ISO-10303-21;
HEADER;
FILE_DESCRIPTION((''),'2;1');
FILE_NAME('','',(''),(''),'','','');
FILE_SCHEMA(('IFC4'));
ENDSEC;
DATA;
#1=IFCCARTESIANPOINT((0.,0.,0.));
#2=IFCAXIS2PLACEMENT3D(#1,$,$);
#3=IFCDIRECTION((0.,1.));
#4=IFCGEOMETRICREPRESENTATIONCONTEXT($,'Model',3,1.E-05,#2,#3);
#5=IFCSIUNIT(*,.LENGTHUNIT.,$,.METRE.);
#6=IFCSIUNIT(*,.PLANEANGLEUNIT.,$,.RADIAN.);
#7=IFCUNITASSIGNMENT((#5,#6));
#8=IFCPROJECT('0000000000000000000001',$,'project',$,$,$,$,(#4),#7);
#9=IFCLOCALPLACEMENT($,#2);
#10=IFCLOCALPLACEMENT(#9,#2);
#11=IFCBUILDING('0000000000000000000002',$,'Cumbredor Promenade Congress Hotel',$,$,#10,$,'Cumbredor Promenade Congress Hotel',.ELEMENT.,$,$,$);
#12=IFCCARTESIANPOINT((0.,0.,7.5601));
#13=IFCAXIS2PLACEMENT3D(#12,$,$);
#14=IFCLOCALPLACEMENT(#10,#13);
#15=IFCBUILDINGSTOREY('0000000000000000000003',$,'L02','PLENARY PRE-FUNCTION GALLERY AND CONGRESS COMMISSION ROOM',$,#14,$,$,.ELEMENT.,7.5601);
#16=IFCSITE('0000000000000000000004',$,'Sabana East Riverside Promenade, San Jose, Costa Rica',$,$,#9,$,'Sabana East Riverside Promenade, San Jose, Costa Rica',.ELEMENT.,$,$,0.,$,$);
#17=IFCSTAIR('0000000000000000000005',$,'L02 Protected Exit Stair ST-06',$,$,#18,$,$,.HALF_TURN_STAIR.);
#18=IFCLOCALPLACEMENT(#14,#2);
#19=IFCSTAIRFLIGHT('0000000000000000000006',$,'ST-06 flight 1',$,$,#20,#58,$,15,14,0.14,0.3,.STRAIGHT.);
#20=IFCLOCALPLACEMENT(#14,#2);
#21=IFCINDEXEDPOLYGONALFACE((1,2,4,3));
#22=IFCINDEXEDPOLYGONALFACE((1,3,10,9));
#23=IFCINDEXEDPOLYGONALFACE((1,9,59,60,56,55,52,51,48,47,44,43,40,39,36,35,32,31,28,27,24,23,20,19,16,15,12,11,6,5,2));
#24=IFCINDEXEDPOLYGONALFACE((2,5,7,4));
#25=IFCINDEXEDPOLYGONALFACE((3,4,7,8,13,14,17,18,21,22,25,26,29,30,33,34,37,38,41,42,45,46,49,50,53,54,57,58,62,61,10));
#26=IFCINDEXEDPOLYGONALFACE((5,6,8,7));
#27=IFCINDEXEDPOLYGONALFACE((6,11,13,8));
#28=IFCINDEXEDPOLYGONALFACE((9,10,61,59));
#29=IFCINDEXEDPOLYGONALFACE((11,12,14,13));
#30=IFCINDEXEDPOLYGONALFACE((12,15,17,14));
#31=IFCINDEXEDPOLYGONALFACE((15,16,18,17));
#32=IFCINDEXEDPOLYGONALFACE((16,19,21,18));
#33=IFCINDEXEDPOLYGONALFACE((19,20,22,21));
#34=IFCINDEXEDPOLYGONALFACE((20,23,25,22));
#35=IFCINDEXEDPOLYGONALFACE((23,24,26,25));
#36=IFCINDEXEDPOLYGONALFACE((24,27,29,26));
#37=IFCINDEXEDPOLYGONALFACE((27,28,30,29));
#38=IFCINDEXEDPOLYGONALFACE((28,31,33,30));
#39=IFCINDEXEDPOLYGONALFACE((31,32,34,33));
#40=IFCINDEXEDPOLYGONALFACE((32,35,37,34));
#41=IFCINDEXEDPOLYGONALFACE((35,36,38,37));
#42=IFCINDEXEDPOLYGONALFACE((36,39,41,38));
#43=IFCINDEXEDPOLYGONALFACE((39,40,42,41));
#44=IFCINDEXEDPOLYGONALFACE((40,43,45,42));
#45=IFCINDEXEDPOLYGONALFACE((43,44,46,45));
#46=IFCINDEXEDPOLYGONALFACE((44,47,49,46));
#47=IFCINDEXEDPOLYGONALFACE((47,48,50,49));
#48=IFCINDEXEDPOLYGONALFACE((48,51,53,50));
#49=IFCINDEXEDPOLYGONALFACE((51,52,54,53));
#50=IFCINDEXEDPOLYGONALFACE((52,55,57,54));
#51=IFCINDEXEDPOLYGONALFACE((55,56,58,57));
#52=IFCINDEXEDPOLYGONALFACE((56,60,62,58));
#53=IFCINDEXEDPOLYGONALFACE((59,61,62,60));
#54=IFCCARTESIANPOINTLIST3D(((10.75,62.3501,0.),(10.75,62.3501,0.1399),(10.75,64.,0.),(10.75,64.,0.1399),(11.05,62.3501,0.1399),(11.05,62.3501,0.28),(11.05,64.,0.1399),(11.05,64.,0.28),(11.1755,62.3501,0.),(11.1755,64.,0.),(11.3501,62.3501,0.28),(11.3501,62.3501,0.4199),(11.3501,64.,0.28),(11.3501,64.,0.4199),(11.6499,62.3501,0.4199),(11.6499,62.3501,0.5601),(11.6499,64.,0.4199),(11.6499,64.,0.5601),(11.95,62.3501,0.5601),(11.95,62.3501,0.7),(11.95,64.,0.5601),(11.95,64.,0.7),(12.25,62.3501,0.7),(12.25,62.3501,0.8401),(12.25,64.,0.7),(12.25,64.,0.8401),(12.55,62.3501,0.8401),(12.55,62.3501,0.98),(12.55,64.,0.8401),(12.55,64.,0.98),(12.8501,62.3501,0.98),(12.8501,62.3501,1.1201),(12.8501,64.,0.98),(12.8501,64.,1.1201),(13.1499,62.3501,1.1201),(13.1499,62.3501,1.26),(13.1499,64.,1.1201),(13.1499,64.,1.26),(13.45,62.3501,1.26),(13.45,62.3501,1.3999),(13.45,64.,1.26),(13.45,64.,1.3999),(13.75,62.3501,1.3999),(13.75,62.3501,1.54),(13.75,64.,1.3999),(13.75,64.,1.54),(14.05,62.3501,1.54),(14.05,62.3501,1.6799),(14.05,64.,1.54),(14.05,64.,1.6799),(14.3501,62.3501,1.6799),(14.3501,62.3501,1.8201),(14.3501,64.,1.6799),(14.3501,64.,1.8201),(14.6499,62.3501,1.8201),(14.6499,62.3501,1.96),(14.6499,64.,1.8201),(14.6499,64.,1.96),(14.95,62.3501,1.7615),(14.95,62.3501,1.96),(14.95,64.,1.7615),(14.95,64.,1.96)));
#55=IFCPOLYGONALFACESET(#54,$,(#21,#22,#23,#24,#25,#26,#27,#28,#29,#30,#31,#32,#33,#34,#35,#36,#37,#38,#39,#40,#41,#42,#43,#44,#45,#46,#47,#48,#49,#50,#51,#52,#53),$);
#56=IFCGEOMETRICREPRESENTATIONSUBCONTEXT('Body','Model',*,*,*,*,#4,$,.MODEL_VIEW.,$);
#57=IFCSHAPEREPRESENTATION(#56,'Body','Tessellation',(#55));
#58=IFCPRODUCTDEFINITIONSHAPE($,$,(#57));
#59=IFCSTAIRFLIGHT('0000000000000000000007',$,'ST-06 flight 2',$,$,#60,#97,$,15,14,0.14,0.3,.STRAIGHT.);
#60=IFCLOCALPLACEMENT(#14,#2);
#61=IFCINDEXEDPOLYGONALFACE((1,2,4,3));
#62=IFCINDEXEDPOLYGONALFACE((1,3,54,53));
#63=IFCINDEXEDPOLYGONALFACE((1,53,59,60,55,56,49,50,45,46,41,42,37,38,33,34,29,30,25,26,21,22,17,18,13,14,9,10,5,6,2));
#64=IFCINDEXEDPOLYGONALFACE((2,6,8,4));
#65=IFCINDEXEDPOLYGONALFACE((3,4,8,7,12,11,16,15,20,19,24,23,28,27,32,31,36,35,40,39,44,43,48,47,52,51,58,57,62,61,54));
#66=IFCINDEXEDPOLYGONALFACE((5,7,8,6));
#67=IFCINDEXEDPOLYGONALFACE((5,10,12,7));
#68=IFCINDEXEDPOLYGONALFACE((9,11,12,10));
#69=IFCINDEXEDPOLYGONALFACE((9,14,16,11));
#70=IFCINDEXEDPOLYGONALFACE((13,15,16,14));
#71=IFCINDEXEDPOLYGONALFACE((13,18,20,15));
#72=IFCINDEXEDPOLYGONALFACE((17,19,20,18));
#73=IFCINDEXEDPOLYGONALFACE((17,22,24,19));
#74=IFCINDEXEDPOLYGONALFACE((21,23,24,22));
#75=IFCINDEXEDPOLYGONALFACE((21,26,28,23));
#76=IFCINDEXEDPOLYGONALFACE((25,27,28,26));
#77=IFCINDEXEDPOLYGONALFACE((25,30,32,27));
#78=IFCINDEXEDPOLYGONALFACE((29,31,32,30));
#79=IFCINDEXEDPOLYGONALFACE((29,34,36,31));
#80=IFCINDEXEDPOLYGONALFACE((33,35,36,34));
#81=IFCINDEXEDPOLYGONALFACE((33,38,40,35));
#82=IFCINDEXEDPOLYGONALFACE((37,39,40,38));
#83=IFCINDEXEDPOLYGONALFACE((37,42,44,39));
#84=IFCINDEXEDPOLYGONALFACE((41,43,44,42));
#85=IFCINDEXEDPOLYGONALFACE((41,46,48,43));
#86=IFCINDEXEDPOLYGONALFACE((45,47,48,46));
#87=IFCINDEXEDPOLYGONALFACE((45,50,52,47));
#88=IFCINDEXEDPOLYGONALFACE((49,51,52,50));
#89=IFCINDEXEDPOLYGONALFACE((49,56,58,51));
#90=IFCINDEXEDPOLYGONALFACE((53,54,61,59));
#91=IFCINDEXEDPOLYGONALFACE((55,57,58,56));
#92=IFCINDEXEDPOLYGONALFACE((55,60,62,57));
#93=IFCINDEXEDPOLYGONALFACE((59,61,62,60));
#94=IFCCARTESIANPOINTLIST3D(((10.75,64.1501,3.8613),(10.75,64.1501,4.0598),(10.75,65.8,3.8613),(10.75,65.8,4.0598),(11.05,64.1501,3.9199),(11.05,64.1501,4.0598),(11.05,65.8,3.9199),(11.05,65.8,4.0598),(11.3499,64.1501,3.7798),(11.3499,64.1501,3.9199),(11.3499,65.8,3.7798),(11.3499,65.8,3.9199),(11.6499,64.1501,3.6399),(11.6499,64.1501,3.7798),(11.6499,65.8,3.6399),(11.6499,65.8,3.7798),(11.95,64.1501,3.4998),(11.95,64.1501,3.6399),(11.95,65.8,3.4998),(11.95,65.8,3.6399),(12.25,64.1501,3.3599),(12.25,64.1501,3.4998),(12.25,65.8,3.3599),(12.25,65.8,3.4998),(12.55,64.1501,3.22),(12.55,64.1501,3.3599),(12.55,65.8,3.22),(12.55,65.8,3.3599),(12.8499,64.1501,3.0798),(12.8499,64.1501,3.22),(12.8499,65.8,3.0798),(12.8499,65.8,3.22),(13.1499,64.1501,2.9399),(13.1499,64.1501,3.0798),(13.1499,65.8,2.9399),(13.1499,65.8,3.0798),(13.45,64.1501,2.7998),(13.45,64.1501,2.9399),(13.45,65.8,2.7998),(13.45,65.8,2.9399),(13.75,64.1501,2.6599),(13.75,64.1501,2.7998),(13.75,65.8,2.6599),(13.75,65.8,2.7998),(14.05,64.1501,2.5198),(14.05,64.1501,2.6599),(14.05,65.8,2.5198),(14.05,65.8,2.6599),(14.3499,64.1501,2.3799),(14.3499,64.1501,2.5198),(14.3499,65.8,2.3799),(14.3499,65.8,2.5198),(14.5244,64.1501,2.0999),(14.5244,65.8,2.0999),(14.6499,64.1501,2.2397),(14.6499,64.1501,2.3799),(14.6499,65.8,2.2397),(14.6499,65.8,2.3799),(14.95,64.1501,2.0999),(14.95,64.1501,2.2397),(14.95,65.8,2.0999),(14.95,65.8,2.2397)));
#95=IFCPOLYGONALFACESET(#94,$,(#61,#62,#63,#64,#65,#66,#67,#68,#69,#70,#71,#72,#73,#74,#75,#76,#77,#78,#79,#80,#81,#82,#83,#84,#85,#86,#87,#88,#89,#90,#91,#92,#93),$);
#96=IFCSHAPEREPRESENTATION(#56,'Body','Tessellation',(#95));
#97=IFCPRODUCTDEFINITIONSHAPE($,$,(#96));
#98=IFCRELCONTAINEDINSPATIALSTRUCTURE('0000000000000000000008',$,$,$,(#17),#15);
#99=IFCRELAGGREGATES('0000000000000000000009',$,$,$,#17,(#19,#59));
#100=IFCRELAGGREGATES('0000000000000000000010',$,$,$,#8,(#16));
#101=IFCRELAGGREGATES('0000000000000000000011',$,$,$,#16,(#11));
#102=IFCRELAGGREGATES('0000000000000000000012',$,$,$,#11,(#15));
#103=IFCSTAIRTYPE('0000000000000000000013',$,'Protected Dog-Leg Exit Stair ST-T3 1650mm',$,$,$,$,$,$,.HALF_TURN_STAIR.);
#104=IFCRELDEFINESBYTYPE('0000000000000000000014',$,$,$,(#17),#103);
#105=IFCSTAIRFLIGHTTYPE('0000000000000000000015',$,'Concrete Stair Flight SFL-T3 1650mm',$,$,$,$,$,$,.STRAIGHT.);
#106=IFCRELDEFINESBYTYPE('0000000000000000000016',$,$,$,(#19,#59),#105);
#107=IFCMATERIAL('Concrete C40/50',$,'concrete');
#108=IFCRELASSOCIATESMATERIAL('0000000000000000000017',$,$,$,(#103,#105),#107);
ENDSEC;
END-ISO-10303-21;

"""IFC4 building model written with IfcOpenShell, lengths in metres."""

from ifc_helpers import new_model, si_unit, direction, frame, origin, place, context, subcontext, project, spatial, polyline, outline, extrude, material, type_object, element, aggregate, save


model = new_model("IFC4")

# Units and contexts
model_context = context("Model", 3, precision=1e-05, world=origin(), true_north=direction((0.0, 1.0)))
body_context = subcontext(model_context, "Body", "Model", "MODEL_VIEW")
ifc_project = project(units=[si_unit("LENGTHUNIT", "METRE"), si_unit("PLANEANGLEUNIT", "RADIAN")], contexts=[model_context])

# Site, building, storey
site_placement = place(None, origin())
site = spatial("IfcSite", under=ifc_project, at=site_placement, Name="Sabana East Riverside Promenade, San Jose, Costa Rica", LongName="Sabana East Riverside Promenade, San Jose, Costa Rica", CompositionType="ELEMENT", RefElevation=0.0)
building_placement = place(site_placement, origin())
building = spatial("IfcBuilding", under=site, at=building_placement, Name="Cumbredor Promenade Congress Hotel", LongName="Cumbredor Promenade Congress Hotel", CompositionType="ELEMENT")
storey_placement = place(building_placement, frame((0.0, 0.0, 7.5601)))
storey = spatial("IfcBuildingStorey", under=building, at=storey_placement, Name="L02", Description="PLENARY PRE-FUNCTION GALLERY AND CONGRESS COMMISSION ROOM", CompositionType="ELEMENT", Elevation=7.5601)

# Shared definitions
ifc_material_1 = material(Name="Concrete C40/50", Category="concrete")

# Stair, stair flights
stair_type = type_object("IfcStairType", Name="Protected Dog-Leg Exit Stair ST-T3 1650mm", PredefinedType="HALF_TURN_STAIR", material=ifc_material_1)
stair_placement = place(storey_placement, origin())
stair = element("IfcStair", 1, at=stair_placement, inside=storey, type_object=stair_type, Name="L02 Protected Exit Stair ST-06", PredefinedType="HALF_TURN_STAIR")
stair_flight_type = type_object("IfcStairFlightType", Name="Concrete Stair Flight SFL-T3 1650mm", PredefinedType="STRAIGHT", material=ifc_material_1)
stair_flight_1_placement = place(storey_placement, frame((10.75, 63.175, 0.0), z_axis=(0.0, 0.0, 1.0), x_axis=(1.0, 0.0, 0.0)))
stair_flight_1 = element("IfcStairFlight", 2, at=stair_flight_1_placement, type_object=stair_flight_type, Name="ST-06 flight 1", NumberOfRisers=15, NumberOfTreads=14, PredefinedType="STRAIGHT", RiserHeight=0.14, TreadLength=0.3, context=body_context, shape_type="SweptSolid", body=[
    extrude(outline(polyline([(0.0, 0.0), (0.0, 0.1399), (0.3, 0.1399), (0.3, 0.28), (0.6001, 0.28), (0.6001, 0.4199), (0.8999, 0.4199), (0.8999, 0.5601), (1.2, 0.5601), (1.2, 0.7), (1.5, 0.7), (1.5, 0.8401), (1.8, 0.8401), (1.8, 0.98), (2.1001, 0.98), (2.1001, 1.1201), (2.3999, 1.1201), (2.3999, 1.26), (2.7, 1.26), (2.7, 1.3999), (3.0, 1.3999), (3.0, 1.54), (3.3, 1.54), (3.3, 1.6799), (3.6001, 1.6799), (3.6001, 1.8201), (3.8999, 1.8201), (3.8999, 1.96), (4.2, 1.96), (4.2, 2.1001), (4.2, 1.7615), (0.4255, 0.0), (0.0, 0.0)])), frame((0.0, 0.825, 0.0), z_axis=(0.0, -1.0, 0.0), x_axis=(1.0, 0.0, 0.0)), (0.0, 0.0, 1.0), 1.6499),
])
stair_flight_2_placement = place(storey_placement, frame((14.95, 64.9751, 2.0999), z_axis=(0.0, 0.0, 1.0), x_axis=(-1.0, 0.0, 0.0)))
stair_flight_2 = element("IfcStairFlight", 3, at=stair_flight_2_placement, type_object=stair_flight_type, Name="ST-06 flight 2", NumberOfRisers=15, NumberOfTreads=14, PredefinedType="STRAIGHT", RiserHeight=0.14, TreadLength=0.3, context=body_context, shape_type="SweptSolid", body=[
    extrude(outline(polyline([(0.0, 0.0), (0.0, 0.1399), (0.3, 0.1399), (0.3, 0.28), (0.6001, 0.28), (0.6001, 0.4199), (0.8999, 0.4199), (0.8999, 0.5601), (1.2, 0.5601), (1.2, 0.7), (1.5, 0.7), (1.5, 0.8401), (1.8, 0.8401), (1.8, 0.98), (2.1001, 0.98), (2.1001, 1.1201), (2.3999, 1.1201), (2.3999, 1.26), (2.7, 1.26), (2.7, 1.3999), (3.0, 1.3999), (3.0, 1.54), (3.3, 1.54), (3.3, 1.6799), (3.6001, 1.6799), (3.6001, 1.8201), (3.8999, 1.8201), (3.8999, 1.96), (4.2, 1.96), (4.2, 2.1001), (4.2, 1.7615), (0.4255, 0.0), (0.0, 0.0)])), frame((0.0, 0.825, 0.0), z_axis=(0.0, -1.0, 0.0), x_axis=(1.0, 0.0, 0.0)), (0.0, 0.0, 1.0), 1.6499),
])
aggregate(stair, [stair_flight_1, stair_flight_2])

save(model, "model.ifc")
